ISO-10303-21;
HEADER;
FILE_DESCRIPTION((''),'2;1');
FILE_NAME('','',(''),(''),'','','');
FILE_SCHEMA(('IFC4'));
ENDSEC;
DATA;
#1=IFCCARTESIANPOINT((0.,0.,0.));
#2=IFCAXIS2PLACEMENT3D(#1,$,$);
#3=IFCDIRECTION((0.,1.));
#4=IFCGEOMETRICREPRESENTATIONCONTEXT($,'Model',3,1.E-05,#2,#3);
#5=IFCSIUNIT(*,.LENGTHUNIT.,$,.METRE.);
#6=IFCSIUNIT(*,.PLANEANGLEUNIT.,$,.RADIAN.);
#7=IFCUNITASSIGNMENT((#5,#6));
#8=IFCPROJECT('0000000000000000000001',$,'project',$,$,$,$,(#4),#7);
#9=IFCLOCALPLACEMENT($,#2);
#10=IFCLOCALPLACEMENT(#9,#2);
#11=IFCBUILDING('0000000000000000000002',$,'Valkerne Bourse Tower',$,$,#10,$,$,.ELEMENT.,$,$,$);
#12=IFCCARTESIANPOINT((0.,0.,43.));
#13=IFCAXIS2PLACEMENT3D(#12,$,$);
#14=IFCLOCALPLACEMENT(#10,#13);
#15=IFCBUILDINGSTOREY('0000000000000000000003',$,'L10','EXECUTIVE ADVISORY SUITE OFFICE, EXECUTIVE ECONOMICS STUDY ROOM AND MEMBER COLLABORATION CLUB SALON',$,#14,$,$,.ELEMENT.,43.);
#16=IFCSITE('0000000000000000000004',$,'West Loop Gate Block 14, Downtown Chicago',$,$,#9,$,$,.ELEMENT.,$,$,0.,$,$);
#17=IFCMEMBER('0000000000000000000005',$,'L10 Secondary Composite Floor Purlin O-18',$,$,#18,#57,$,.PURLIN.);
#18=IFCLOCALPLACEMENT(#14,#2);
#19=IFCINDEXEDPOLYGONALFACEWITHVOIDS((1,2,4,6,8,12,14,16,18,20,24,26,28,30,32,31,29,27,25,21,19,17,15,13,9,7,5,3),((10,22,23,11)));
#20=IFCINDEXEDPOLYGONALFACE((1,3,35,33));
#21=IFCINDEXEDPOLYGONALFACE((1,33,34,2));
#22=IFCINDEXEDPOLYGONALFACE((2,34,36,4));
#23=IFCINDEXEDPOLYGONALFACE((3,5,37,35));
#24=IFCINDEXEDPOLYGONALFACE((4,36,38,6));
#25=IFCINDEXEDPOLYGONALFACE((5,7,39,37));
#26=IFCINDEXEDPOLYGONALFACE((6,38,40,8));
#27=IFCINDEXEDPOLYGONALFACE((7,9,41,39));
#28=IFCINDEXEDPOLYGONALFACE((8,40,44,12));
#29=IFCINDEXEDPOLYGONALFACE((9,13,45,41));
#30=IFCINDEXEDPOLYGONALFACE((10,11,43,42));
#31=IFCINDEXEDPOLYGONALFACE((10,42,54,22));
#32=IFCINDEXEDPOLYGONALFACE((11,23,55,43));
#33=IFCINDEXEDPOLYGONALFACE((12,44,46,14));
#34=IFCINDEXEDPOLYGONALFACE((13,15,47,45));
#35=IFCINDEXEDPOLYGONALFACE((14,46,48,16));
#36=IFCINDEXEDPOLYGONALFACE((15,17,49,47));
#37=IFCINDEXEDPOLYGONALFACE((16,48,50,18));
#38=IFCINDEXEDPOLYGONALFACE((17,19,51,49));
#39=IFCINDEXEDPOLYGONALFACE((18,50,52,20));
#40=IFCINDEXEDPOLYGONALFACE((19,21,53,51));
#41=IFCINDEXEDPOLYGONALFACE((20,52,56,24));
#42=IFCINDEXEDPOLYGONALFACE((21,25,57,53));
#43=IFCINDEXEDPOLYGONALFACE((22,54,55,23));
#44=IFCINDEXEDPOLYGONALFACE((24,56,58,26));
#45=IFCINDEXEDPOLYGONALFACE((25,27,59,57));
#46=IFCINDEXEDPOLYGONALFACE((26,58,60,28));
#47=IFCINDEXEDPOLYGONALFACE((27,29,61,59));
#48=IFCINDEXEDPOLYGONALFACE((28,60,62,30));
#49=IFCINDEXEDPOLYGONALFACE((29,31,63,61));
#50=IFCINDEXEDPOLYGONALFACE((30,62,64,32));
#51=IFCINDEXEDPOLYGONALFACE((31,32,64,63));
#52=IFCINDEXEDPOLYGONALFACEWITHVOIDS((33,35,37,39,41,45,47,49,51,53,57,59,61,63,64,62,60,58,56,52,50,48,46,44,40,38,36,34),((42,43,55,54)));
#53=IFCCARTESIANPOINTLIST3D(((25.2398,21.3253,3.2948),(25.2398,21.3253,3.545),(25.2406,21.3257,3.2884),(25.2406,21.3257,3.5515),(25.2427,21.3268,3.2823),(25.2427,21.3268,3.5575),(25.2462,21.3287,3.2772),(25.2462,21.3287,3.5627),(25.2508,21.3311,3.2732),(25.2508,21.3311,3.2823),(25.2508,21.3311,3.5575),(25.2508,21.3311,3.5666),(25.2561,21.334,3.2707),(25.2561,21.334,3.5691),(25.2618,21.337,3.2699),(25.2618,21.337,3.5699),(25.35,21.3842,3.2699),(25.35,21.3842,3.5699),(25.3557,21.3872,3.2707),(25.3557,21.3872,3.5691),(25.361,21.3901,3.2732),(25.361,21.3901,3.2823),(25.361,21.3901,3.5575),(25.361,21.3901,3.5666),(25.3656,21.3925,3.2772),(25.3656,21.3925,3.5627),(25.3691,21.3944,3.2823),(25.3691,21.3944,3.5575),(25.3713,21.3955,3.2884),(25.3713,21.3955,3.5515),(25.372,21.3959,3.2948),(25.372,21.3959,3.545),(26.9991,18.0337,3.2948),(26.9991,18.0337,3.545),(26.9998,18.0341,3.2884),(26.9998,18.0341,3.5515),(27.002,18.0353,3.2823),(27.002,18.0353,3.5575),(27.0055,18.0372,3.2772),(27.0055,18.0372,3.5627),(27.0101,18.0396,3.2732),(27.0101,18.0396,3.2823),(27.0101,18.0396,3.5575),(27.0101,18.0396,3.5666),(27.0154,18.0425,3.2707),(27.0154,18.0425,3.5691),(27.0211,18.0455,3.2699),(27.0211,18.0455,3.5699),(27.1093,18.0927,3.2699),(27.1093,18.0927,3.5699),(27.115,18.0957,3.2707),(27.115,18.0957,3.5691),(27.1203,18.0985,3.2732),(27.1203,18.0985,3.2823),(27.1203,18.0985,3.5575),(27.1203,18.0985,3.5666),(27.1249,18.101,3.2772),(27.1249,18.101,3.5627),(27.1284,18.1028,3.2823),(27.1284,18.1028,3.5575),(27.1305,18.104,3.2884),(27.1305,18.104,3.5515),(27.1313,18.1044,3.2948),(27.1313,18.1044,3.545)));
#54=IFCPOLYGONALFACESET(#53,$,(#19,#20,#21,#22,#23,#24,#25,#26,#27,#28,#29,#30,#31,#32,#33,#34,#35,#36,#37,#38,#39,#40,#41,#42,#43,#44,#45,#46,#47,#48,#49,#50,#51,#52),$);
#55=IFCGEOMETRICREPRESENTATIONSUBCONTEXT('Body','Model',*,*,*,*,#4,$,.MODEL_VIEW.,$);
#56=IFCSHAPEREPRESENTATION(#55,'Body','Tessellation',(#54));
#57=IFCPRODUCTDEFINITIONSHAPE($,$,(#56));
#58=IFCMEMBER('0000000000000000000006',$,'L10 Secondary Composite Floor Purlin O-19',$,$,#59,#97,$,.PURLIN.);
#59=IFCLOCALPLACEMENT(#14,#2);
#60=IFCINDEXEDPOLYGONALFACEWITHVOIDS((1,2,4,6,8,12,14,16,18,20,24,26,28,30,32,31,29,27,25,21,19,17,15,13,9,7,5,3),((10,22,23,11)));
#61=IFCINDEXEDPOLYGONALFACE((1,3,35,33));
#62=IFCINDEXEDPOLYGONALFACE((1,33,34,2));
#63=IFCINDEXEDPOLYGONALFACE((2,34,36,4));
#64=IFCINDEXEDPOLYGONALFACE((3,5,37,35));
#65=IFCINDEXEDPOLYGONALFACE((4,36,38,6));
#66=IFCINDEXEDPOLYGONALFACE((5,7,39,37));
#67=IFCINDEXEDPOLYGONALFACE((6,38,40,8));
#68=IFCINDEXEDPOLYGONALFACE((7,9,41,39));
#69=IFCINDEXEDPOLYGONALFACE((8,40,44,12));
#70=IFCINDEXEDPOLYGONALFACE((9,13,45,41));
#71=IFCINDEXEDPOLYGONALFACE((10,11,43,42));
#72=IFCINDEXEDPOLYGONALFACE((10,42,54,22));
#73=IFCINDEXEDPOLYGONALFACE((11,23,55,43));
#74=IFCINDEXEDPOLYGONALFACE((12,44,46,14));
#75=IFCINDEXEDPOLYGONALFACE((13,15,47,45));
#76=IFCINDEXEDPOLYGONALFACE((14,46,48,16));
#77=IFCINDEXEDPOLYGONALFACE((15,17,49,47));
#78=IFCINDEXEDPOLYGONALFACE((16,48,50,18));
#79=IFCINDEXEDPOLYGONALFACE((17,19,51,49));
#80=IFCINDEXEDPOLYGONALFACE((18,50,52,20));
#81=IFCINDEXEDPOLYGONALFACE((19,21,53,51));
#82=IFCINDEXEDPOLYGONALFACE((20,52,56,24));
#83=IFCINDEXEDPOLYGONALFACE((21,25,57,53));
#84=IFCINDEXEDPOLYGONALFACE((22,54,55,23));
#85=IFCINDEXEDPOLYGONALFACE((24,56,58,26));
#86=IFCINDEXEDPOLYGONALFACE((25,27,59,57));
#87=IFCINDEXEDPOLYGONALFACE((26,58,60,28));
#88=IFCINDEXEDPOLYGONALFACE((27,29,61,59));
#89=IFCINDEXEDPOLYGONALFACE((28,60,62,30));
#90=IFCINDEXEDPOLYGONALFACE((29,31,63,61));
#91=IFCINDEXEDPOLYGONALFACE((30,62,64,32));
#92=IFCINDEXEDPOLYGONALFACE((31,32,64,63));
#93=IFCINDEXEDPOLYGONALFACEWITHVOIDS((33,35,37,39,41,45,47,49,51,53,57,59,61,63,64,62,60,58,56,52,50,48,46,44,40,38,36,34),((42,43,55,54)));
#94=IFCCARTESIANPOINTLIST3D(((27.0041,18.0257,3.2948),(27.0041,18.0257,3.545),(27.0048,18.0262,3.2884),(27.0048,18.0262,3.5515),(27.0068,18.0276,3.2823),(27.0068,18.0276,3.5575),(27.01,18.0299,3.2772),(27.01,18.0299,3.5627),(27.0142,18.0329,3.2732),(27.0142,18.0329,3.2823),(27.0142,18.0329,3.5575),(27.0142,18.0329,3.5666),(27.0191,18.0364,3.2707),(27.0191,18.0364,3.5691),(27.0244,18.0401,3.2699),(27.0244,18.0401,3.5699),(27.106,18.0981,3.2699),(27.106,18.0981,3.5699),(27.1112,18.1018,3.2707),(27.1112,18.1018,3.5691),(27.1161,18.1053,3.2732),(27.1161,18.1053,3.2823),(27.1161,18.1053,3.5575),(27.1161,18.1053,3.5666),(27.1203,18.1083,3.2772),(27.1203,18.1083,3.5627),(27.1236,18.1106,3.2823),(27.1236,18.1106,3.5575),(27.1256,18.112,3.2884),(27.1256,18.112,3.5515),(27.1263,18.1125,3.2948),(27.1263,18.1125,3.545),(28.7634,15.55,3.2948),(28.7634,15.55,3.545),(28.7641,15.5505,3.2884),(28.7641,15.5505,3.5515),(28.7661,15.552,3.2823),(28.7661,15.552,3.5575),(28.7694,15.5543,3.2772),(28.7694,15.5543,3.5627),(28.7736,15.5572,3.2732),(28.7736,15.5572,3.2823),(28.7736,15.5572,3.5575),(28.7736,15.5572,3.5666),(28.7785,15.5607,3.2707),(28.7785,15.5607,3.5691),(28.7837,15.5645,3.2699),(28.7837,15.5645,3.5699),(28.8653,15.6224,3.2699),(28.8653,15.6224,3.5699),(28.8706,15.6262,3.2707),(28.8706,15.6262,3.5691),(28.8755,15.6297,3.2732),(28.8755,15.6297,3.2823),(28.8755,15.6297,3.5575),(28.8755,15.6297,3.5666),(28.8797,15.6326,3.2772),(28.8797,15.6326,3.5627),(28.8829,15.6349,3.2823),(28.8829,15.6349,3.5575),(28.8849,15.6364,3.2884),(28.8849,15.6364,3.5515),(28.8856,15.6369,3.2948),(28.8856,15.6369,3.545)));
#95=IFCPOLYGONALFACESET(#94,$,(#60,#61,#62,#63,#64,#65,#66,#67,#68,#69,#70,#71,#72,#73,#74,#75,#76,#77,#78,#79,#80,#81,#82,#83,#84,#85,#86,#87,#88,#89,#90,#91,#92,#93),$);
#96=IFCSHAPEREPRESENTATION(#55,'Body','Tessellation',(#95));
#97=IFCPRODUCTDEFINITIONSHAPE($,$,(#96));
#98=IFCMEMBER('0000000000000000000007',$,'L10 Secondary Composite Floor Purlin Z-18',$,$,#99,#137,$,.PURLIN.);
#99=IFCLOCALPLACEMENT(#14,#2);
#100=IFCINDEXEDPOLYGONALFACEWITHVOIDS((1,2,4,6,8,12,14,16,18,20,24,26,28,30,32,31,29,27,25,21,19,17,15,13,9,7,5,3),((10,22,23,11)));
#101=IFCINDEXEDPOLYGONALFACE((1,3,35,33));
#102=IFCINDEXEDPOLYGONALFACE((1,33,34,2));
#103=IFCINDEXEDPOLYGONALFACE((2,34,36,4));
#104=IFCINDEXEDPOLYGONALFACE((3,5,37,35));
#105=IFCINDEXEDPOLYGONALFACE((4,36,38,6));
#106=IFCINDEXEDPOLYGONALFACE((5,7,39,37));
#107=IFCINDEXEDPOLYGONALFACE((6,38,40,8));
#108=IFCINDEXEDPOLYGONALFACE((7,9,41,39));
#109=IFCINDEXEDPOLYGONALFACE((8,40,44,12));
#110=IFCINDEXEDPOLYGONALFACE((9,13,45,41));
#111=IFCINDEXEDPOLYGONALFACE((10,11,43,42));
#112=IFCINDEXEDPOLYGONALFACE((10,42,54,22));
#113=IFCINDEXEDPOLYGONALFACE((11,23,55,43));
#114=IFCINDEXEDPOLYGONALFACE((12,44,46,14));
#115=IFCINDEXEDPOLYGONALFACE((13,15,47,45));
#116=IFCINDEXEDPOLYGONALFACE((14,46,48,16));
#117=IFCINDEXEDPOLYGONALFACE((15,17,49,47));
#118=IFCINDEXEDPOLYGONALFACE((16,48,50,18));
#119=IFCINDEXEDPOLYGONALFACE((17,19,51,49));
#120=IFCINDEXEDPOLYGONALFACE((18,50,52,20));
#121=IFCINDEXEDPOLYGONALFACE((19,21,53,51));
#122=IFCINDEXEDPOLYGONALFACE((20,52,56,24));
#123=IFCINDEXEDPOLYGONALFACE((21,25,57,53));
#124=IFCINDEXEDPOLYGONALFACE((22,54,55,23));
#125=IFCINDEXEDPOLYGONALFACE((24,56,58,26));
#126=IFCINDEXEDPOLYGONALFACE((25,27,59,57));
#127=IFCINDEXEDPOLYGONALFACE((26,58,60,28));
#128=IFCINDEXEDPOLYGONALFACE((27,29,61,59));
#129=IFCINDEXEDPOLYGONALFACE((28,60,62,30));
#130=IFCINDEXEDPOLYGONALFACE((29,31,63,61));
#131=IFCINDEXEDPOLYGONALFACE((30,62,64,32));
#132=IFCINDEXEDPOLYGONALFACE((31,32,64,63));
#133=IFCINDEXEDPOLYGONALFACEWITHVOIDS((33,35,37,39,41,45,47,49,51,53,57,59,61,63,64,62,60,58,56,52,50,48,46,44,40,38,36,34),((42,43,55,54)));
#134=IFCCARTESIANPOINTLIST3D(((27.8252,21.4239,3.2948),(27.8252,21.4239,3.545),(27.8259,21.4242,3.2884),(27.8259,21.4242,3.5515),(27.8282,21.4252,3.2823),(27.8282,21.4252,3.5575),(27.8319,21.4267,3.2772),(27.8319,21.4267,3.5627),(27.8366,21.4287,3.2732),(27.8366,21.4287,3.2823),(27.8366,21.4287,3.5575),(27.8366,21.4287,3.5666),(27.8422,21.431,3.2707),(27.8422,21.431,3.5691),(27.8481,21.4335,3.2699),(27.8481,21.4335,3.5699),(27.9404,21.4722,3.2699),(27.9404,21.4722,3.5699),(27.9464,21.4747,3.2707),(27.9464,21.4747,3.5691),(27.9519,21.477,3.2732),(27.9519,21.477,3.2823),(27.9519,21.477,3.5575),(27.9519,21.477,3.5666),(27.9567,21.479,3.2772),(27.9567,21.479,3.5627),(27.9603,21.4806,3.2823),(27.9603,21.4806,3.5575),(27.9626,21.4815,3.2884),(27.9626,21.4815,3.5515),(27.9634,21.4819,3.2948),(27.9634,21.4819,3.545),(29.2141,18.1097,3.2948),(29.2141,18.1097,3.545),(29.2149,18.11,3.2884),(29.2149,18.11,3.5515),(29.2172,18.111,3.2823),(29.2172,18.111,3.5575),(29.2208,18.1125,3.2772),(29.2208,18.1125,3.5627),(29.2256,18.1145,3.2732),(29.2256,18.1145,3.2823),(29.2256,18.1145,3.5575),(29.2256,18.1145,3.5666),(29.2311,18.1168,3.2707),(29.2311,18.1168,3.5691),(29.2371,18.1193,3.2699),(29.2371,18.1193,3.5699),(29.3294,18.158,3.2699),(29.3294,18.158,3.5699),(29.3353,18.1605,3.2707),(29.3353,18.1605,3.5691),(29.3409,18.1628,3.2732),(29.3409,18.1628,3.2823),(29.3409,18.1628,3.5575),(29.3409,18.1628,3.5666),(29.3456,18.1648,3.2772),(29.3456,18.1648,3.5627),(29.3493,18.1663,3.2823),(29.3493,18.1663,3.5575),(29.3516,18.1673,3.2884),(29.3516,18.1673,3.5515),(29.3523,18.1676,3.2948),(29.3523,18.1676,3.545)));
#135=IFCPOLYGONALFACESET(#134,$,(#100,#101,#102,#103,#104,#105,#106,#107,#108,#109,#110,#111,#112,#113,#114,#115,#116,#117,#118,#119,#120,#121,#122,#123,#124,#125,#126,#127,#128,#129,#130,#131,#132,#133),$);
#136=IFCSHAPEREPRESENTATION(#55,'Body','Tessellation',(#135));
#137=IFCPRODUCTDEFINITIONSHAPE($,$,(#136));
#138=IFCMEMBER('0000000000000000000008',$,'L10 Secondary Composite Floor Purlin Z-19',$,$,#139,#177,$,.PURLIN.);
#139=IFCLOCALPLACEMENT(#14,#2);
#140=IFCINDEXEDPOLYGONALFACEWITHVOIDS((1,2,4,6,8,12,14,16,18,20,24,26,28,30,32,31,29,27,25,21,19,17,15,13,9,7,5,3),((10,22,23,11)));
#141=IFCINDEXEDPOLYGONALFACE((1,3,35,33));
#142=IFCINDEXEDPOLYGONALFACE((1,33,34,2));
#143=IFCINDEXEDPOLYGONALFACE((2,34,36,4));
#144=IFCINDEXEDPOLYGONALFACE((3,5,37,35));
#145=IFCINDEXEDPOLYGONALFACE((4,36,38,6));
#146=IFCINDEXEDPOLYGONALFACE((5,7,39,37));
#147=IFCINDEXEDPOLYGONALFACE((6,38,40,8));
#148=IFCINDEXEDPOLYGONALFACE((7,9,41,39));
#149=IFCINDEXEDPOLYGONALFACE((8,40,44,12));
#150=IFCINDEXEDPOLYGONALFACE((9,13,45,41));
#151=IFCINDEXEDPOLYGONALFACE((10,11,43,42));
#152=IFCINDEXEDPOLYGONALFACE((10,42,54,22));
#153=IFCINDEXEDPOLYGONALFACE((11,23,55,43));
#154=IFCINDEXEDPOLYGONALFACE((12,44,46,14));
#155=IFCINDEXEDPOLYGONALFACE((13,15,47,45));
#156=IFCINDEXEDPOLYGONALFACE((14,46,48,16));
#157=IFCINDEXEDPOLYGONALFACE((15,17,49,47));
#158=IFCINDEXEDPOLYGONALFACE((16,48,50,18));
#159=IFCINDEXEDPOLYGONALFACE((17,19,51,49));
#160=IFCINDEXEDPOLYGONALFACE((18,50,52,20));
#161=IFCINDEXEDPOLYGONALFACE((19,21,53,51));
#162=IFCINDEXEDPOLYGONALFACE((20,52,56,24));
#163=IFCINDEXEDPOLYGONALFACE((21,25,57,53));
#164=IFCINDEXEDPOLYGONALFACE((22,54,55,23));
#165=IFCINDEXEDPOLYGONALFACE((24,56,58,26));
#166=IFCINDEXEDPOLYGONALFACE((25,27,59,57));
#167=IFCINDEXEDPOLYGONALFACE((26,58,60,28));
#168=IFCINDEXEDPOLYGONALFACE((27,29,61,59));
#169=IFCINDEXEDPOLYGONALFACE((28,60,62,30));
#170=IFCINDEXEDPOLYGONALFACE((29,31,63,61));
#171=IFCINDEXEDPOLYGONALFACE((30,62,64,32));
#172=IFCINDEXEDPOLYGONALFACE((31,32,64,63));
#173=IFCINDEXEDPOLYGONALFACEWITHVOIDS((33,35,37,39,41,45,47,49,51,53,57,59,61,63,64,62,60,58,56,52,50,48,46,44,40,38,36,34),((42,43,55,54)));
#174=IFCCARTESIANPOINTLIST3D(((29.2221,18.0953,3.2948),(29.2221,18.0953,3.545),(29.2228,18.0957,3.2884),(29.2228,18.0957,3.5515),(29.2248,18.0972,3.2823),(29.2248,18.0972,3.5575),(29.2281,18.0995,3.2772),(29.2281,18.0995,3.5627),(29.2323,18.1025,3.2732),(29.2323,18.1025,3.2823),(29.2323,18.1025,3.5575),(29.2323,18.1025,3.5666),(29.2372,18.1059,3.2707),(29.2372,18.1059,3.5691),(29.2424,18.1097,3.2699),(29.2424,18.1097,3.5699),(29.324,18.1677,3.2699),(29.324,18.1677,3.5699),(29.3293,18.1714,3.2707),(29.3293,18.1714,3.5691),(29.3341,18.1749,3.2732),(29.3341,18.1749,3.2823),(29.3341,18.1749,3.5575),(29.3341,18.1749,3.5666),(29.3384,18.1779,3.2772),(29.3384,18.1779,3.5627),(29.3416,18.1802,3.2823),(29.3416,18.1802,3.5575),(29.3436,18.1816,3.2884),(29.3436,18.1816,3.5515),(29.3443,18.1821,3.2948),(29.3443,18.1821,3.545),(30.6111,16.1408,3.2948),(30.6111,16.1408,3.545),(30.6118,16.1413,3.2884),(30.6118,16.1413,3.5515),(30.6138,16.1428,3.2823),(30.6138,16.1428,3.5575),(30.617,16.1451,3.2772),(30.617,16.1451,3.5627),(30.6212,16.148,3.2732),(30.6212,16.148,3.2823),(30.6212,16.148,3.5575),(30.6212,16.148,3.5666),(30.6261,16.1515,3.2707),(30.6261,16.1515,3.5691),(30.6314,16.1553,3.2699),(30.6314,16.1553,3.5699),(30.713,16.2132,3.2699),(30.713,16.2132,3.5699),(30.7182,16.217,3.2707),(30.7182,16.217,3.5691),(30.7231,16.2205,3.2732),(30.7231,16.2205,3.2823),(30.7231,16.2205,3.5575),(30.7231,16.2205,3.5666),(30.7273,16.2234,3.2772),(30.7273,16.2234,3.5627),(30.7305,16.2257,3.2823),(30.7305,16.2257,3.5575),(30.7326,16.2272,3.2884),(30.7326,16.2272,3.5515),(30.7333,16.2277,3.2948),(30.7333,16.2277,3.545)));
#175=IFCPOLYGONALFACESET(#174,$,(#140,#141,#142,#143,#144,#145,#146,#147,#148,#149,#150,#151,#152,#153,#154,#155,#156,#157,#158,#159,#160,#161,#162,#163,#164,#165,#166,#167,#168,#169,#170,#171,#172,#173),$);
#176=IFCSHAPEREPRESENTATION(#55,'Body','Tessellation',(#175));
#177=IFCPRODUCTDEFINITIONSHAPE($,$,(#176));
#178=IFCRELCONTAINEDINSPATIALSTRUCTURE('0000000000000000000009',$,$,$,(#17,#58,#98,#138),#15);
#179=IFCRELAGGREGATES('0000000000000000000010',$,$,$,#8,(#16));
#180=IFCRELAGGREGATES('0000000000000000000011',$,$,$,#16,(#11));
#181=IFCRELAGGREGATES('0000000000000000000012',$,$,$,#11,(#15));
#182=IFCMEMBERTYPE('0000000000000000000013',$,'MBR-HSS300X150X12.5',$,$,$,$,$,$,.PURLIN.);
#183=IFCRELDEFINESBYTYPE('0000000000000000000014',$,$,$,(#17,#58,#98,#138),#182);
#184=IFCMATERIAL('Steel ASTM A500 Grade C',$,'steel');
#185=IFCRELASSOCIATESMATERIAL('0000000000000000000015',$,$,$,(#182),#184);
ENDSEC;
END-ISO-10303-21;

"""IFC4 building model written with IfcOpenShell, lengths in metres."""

from ifc_helpers import new_model, si_unit, direction, frame, origin, origin_2d, place, context, subcontext, project, spatial, hollow_rectangle, extrude, material, material_profile, profile_set, type_object, element, save


model = new_model("IFC4")

# Units and contexts
model_context = context("Model", 3, precision=1e-05, world=origin(), true_north=direction((0.0, 1.0)))
body_context = subcontext(model_context, "Body", "Model", "MODEL_VIEW")
ifc_project = project(units=[si_unit("LENGTHUNIT", "METRE"), si_unit("PLANEANGLEUNIT", "RADIAN")], contexts=[model_context])

# Site, building, storey
site_placement = place(None, origin())
site = spatial("IfcSite", under=ifc_project, at=site_placement, Name="West Loop Gate Block 14, Downtown Chicago", CompositionType="ELEMENT", RefElevation=0.0)
building_placement = place(site_placement, origin())
building = spatial("IfcBuilding", under=site, at=building_placement, Name="Valkerne Bourse Tower", CompositionType="ELEMENT")
storey_placement = place(building_placement, frame((0.0, 0.0, 43.0)))
storey = spatial("IfcBuildingStorey", under=building, at=storey_placement, Name="L10", Description="EXECUTIVE ADVISORY SUITE OFFICE, EXECUTIVE ECONOMICS STUDY ROOM AND MEMBER COLLABORATION CLUB SALON", CompositionType="ELEMENT", Elevation=43.0)

# Members
ifc_material_1 = material(Name="Steel ASTM A500 Grade C", Category="steel")
ifc_material_profile_1 = material_profile(ifc_material_1, hollow_rectangle(XDim=0.1499, YDim=0.3, WallThickness=0.0125, OuterFilletRadius=0.0249, at=origin_2d()), Name="HSS300X150X12.5")
ifc_profile_set_1 = profile_set([ifc_material_profile_1], Name="Steel ASTM A500 Grade C")
member_type_1 = type_object("IfcMemberType", Name="MBR-HSS300X150X12.5", PredefinedType="PURLIN", material=ifc_profile_set_1)
member_1_placement = place(storey_placement, frame((25.3059, 21.3606, 3.4199), z_axis=(0.471383, -0.881929, 0.0), x_axis=(0.881929, 0.471383, 0.0)))
element("IfcMember", 1, at=member_1_placement, inside=storey, type_object=member_type_1, Name="L10 Secondary Composite Floor Purlin O-18", PredefinedType="PURLIN", context=body_context, shape_type="SweptSolid", body=[
    extrude(hollow_rectangle(XDim=0.1499, YDim=0.3, WallThickness=0.0125, OuterFilletRadius=0.0249, at=origin_2d()), origin(), (0.0, 0.0, 1.0), 3.7322),
])
member_2_placement = place(storey_placement, frame((27.0652, 18.0691, 3.4199), z_axis=(0.579275, -0.815132, 0.0), x_axis=(0.815132, 0.579275, 0.0)))
element("IfcMember", 2, at=member_2_placement, inside=storey, type_object=member_type_1, Name="L10 Secondary Composite Floor Purlin O-19", PredefinedType="PURLIN", context=body_context, shape_type="SweptSolid", body=[
    extrude(hollow_rectangle(XDim=0.1499, YDim=0.3, WallThickness=0.0125, OuterFilletRadius=0.0249, at=origin_2d()), origin(), (0.0, 0.0, 1.0), 3.0371),
])
member_3_placement = place(storey_placement, frame((27.8943, 21.4529, 3.4199), z_axis=(0.38651, -0.922285, 0.0), x_axis=(0.922285, 0.38651, 0.0)))
element("IfcMember", 3, at=member_3_placement, inside=storey, type_object=member_type_1, Name="L10 Secondary Composite Floor Purlin Z-18", PredefinedType="PURLIN", context=body_context, shape_type="SweptSolid", body=[
    extrude(hollow_rectangle(XDim=0.1499, YDim=0.3, WallThickness=0.0125, OuterFilletRadius=0.0249, at=origin_2d()), origin(), (0.0, 0.0, 1.0), 3.5935),
])
member_4_placement = place(storey_placement, frame((29.2832, 18.1387, 3.4199), z_axis=(0.579291, -0.815121, 0.0), x_axis=(0.815121, 0.579291, 0.0)))
element("IfcMember", 4, at=member_4_placement, inside=storey, type_object=member_type_1, Name="L10 Secondary Composite Floor Purlin Z-19", PredefinedType="PURLIN", context=body_context, shape_type="SweptSolid", body=[
    extrude(hollow_rectangle(XDim=0.1499, YDim=0.3, WallThickness=0.0125, OuterFilletRadius=0.0249, at=origin_2d()), origin(), (0.0, 0.0, 1.0), 2.3977),
])

save(model, "model.ifc")
